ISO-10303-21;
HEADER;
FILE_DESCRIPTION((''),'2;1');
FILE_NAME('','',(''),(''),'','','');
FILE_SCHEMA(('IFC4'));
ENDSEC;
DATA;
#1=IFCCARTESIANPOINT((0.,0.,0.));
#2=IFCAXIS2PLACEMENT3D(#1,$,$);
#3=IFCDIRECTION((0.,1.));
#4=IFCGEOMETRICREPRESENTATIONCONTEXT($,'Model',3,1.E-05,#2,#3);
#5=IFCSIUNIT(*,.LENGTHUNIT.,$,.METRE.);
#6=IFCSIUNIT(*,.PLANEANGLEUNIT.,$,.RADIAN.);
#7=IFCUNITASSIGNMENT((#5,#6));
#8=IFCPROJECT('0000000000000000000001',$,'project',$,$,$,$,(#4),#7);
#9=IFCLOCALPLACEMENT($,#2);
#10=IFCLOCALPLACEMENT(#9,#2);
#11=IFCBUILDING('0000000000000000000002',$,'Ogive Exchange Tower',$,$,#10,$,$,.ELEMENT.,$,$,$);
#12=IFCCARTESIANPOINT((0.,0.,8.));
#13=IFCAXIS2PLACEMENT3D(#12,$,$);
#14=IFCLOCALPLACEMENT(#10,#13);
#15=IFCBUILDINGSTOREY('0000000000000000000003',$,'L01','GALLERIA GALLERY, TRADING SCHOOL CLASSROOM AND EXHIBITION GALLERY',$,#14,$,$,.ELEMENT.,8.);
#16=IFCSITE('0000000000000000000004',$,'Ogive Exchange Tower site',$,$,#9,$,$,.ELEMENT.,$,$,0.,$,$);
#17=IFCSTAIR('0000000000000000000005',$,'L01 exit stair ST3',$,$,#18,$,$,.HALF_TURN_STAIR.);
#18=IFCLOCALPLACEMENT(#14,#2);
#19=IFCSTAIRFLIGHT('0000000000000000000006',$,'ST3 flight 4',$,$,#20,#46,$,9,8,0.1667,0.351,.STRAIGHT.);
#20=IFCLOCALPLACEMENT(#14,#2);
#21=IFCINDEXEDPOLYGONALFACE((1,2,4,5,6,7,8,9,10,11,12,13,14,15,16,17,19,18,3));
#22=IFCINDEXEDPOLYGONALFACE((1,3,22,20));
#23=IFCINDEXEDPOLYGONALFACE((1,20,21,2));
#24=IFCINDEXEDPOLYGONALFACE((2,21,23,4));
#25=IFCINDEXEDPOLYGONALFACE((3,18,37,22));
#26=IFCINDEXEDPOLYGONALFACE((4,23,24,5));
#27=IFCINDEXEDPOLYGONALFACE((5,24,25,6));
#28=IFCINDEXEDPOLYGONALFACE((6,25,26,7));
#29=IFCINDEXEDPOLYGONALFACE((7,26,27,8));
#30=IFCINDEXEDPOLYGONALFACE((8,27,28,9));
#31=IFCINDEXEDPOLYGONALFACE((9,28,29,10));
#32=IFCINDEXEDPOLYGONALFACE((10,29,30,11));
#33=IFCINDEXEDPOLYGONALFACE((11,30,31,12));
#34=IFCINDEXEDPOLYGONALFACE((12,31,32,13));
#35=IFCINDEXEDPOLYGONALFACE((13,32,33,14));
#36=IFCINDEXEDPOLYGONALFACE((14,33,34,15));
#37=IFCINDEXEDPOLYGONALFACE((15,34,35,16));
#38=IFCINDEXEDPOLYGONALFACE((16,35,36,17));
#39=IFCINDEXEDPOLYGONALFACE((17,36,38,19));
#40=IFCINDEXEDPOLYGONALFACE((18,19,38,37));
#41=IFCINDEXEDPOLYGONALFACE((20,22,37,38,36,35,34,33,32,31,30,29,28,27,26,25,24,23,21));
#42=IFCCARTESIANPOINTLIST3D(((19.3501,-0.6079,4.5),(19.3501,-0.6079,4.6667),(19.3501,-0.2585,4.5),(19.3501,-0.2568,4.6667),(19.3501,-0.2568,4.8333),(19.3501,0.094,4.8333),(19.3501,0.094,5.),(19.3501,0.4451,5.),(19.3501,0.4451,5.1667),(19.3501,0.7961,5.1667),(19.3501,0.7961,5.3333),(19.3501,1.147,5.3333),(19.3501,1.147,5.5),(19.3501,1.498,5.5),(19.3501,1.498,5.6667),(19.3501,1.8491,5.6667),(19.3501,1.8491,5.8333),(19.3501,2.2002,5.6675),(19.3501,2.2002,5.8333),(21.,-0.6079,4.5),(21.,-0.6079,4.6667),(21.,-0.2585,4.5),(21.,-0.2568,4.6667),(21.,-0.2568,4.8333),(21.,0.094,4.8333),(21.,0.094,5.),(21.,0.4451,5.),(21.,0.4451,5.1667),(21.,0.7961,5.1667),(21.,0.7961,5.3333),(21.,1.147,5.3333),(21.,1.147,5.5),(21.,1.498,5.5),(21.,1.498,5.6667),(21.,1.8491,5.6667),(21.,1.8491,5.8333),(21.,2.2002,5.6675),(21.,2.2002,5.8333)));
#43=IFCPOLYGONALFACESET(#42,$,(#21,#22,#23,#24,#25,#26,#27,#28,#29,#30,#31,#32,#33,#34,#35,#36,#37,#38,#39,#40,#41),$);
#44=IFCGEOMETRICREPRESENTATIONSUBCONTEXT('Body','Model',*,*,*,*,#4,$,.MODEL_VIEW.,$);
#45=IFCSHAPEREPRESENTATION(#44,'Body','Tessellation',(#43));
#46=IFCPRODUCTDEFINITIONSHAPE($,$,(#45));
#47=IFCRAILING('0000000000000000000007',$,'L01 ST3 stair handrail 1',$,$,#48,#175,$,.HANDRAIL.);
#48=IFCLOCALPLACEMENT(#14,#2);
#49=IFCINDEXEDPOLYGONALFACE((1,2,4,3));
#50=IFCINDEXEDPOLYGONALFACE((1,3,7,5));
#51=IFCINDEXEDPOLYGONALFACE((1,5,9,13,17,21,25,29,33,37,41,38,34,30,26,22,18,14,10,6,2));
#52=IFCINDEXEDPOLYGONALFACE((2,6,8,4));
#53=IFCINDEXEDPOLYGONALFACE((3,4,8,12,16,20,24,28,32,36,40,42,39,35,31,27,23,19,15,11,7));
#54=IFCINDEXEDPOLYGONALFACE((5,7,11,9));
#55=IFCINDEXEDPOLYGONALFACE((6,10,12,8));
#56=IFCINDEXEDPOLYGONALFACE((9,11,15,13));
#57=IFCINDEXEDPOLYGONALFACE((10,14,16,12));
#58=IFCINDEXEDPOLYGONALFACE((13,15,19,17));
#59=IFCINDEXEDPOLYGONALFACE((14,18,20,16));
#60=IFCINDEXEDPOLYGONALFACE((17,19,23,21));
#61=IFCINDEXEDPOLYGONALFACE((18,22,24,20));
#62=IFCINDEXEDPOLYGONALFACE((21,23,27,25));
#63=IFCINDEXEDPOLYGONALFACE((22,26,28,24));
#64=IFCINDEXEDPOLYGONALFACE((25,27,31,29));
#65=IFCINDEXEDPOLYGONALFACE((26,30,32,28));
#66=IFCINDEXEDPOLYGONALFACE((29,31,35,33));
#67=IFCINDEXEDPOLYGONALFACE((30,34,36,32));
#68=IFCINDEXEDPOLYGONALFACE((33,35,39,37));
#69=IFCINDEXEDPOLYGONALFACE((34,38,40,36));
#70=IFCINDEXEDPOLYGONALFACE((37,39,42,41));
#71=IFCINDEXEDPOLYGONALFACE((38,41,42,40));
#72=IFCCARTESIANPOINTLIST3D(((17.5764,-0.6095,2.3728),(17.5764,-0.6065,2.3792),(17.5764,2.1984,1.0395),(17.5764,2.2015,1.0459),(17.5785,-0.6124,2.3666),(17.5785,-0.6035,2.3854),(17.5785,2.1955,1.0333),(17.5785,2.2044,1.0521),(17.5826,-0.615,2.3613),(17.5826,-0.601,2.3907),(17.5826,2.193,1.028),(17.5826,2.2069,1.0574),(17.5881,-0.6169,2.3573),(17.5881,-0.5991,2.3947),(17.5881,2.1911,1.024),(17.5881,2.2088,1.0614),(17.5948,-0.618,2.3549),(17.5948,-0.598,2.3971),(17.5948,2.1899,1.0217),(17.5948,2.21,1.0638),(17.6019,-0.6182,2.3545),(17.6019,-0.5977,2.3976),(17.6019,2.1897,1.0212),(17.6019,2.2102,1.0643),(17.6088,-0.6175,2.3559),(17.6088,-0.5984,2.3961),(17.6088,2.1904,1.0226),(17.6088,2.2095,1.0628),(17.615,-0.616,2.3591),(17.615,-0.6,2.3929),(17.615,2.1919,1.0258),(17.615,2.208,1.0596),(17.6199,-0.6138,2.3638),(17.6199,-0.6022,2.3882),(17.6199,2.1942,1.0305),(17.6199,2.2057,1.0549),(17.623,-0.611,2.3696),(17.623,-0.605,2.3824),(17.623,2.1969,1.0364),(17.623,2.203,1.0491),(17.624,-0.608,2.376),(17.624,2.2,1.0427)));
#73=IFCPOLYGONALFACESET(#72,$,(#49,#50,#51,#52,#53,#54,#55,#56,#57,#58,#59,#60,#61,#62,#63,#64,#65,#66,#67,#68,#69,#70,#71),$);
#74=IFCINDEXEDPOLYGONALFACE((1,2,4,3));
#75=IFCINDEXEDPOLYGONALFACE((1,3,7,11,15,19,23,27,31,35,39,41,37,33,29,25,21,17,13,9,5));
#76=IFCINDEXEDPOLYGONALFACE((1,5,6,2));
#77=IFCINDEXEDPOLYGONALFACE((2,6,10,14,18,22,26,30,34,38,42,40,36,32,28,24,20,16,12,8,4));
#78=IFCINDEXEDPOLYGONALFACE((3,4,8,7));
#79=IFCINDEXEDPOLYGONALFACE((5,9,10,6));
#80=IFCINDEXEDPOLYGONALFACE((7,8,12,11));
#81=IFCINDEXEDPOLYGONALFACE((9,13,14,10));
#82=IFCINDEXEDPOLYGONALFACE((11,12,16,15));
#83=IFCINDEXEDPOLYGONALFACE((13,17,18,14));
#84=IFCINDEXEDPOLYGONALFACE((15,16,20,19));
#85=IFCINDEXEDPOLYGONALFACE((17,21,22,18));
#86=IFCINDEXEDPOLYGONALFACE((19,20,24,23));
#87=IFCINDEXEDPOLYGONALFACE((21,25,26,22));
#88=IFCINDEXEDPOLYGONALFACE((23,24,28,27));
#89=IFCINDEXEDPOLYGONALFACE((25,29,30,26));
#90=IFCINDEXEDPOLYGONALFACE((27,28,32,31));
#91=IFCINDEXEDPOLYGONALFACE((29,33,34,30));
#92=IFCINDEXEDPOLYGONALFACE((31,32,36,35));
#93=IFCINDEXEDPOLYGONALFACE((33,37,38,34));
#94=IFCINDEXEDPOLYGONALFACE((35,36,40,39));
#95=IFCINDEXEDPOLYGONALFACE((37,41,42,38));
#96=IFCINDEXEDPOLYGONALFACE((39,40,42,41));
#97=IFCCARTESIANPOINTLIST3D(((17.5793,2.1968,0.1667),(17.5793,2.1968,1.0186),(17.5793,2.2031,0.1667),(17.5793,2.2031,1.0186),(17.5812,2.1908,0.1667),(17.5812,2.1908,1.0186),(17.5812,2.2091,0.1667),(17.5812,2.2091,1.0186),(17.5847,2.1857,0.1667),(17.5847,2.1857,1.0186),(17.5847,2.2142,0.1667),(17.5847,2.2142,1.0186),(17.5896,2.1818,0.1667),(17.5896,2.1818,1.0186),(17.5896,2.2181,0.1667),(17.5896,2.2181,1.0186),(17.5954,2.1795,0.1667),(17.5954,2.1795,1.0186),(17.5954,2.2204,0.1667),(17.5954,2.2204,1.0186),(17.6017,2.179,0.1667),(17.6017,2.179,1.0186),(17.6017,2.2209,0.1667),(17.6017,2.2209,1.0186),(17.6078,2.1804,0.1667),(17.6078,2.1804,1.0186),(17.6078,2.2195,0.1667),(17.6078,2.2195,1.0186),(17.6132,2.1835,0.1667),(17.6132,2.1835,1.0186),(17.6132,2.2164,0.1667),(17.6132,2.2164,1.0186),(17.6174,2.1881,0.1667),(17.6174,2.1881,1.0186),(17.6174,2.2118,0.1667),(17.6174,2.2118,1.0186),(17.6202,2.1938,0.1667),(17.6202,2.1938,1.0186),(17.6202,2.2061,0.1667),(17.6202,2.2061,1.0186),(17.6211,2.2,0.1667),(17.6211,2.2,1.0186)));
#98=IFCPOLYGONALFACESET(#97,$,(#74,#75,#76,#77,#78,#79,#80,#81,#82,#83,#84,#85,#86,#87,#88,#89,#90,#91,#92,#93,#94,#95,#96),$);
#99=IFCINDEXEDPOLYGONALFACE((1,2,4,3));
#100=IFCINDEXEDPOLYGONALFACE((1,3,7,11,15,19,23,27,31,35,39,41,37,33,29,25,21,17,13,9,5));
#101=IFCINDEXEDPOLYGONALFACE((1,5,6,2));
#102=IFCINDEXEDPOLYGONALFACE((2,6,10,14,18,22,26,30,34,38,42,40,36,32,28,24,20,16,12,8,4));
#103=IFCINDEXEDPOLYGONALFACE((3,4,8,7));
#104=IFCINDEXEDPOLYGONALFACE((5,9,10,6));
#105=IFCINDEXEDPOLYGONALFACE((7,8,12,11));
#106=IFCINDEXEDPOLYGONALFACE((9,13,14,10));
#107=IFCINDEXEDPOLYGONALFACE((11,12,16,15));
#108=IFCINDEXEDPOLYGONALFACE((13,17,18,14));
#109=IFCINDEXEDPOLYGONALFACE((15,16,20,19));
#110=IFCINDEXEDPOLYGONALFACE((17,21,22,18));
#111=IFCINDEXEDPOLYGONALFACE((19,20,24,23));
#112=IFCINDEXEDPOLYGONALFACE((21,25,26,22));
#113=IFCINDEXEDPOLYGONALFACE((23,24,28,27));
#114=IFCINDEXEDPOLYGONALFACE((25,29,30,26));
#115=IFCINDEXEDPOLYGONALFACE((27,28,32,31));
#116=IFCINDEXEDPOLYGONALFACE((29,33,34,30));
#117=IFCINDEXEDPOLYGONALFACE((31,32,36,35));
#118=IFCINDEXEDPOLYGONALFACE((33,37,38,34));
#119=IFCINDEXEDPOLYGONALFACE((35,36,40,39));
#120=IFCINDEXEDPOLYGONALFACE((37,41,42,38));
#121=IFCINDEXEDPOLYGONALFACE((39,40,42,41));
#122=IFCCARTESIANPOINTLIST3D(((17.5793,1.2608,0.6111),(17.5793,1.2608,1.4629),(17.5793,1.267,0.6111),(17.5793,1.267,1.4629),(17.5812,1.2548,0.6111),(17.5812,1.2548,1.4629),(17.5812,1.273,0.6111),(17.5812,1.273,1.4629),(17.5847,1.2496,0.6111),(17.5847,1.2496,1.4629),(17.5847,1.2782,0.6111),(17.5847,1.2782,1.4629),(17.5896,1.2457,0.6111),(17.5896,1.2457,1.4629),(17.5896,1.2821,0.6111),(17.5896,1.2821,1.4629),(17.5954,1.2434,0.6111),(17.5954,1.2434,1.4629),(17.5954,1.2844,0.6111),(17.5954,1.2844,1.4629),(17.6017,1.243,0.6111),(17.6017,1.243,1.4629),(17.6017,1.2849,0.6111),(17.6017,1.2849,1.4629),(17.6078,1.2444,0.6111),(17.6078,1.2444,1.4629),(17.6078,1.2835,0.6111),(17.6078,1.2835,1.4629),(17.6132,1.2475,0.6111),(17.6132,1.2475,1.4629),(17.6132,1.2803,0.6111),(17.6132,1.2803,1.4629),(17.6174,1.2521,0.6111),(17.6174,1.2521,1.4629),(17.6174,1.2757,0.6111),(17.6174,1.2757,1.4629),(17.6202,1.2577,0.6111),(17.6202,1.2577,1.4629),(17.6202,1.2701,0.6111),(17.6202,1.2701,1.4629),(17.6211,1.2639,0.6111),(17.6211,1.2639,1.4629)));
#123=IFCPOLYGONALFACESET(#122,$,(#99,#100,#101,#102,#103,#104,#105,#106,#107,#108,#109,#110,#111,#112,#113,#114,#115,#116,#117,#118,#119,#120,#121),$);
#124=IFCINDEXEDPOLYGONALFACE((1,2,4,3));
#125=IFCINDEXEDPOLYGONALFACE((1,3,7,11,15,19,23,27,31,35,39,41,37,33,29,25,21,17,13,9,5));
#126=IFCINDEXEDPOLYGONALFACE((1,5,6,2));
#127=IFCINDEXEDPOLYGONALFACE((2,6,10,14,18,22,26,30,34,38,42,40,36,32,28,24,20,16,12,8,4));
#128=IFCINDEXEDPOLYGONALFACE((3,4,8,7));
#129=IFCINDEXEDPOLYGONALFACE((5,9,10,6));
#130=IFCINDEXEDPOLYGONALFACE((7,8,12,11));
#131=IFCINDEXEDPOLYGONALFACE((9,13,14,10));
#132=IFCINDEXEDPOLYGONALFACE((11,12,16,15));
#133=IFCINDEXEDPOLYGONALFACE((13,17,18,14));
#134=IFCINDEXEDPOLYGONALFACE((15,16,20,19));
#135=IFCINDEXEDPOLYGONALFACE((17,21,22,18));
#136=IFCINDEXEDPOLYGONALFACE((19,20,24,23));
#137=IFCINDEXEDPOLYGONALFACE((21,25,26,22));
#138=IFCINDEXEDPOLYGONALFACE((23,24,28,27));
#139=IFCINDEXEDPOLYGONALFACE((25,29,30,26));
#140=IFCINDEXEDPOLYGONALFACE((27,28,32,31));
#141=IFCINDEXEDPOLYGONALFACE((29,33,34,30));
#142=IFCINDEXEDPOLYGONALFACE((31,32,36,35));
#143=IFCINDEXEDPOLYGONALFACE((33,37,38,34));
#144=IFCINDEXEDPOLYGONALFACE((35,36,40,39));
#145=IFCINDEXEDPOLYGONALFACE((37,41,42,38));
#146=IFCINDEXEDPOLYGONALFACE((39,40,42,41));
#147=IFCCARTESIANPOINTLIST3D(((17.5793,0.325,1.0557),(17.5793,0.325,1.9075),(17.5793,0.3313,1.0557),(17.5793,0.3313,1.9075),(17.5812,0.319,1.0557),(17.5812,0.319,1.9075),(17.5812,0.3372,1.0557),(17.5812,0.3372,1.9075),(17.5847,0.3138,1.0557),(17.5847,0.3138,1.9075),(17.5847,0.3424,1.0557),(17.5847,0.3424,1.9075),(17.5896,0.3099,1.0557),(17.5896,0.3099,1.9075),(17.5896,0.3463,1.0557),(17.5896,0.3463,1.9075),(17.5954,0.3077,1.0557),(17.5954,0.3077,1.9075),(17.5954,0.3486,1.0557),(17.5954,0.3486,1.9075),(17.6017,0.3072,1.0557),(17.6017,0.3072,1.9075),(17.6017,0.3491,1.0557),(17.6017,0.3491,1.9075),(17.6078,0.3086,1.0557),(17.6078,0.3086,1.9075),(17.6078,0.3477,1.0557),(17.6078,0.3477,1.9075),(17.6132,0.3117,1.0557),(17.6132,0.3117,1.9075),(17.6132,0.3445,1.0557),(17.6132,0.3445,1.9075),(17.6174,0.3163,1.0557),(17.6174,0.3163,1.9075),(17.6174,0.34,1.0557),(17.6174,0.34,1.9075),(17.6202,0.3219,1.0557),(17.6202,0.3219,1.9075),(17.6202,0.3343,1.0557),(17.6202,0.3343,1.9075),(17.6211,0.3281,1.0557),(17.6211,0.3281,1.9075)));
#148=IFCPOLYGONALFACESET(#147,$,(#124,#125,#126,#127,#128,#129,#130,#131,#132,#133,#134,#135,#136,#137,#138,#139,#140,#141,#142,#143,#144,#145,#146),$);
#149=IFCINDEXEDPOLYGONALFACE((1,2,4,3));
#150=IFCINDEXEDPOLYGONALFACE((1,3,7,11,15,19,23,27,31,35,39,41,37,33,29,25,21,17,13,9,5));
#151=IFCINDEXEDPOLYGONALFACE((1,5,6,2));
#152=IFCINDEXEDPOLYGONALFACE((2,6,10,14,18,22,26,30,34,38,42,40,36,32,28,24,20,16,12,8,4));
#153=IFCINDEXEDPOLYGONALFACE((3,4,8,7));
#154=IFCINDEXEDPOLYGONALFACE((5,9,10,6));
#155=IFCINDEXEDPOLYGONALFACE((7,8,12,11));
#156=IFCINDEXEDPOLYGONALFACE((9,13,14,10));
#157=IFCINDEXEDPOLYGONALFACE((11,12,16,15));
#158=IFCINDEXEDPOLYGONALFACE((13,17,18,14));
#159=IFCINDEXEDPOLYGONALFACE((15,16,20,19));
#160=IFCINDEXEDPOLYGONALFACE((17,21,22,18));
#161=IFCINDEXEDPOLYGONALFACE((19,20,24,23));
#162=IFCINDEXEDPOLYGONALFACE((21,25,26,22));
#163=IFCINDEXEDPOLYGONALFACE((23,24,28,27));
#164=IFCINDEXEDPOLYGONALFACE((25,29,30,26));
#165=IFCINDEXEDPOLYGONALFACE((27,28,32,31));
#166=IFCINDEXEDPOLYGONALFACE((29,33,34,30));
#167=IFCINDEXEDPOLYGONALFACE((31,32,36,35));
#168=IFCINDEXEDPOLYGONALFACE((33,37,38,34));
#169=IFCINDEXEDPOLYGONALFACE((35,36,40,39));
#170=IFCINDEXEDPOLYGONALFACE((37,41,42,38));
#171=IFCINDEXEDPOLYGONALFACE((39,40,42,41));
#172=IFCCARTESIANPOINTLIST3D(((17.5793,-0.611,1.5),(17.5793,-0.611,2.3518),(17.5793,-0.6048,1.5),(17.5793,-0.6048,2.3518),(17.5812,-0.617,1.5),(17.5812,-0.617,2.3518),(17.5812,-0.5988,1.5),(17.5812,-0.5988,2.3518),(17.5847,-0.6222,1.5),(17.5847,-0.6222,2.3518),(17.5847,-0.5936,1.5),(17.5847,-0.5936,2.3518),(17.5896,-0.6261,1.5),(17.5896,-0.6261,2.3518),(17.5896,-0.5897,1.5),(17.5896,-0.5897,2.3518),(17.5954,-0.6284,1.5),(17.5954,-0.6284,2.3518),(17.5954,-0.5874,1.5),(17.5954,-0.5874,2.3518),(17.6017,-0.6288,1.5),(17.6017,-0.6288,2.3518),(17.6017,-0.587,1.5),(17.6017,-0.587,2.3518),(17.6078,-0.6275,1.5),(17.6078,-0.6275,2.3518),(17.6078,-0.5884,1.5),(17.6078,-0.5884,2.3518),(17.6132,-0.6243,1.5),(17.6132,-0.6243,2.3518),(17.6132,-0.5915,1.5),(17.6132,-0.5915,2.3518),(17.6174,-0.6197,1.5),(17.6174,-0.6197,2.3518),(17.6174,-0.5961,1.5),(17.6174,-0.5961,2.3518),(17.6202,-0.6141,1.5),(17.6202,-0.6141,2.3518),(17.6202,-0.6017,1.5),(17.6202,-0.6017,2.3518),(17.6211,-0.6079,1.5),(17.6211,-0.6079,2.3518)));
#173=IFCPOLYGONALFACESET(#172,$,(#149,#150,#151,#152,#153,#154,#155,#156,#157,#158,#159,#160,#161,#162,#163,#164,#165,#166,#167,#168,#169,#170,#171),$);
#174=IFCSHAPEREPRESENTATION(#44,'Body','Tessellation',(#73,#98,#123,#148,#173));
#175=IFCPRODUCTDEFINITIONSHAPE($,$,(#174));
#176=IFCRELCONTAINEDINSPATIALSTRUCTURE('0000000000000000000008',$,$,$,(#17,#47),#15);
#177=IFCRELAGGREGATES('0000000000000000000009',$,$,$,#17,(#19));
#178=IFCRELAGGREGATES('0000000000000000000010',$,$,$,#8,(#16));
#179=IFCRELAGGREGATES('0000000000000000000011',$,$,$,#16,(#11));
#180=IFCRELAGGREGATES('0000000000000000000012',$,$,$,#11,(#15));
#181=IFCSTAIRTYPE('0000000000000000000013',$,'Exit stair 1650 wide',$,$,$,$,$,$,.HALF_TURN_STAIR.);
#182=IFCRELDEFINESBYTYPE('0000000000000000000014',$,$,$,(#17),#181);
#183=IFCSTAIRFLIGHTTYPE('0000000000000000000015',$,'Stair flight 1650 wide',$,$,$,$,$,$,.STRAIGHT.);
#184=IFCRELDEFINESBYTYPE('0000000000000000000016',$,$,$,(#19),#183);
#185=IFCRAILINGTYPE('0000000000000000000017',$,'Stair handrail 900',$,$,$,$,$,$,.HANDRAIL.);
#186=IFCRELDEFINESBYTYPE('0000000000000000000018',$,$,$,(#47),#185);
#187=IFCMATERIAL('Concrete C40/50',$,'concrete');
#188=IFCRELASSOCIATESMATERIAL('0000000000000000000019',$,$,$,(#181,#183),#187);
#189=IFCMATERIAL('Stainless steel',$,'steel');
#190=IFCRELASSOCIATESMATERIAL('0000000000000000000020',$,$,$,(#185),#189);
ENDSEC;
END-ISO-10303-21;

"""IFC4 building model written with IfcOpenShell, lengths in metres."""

from ifc_helpers import new_model, si_unit, direction, frame, origin, origin_2d, place, context, subcontext, project, spatial, polyline, circle, outline, extrude, material, type_object, element, aggregate, save


model = new_model("IFC4")

# Units and contexts
model_context = context("Model", 3, precision=1e-05, world=origin(), true_north=direction((0.0, 1.0)))
body_context = subcontext(model_context, "Body", "Model", "MODEL_VIEW")
ifc_project = project(units=[si_unit("LENGTHUNIT", "METRE"), si_unit("PLANEANGLEUNIT", "RADIAN")], contexts=[model_context])

# Site, building, storey
site_placement = place(None, origin())
site = spatial("IfcSite", under=ifc_project, at=site_placement, Name="Ogive Exchange Tower site", CompositionType="ELEMENT", RefElevation=0.0)
building_placement = place(site_placement, origin())
building = spatial("IfcBuilding", under=site, at=building_placement, Name="Ogive Exchange Tower", CompositionType="ELEMENT")
storey_placement = place(building_placement, frame((0.0, 0.0, 8.0)))
storey = spatial("IfcBuildingStorey", under=building, at=storey_placement, Name="L01", Description="GALLERIA GALLERY, TRADING SCHOOL CLASSROOM AND EXHIBITION GALLERY", CompositionType="ELEMENT", Elevation=8.0)

# Stair, stair flight
ifc_material_1 = material(Name="Concrete C40/50", Category="concrete")
stair_type = type_object("IfcStairType", Name="Exit stair 1650 wide", PredefinedType="HALF_TURN_STAIR", material=ifc_material_1)
stair_placement = place(storey_placement, origin())
stair = element("IfcStair", 1, at=stair_placement, inside=storey, type_object=stair_type, Name="L01 exit stair ST3", PredefinedType="HALF_TURN_STAIR")
stair_flight_type = type_object("IfcStairFlightType", Name="Stair flight 1650 wide", PredefinedType="STRAIGHT", material=ifc_material_1)
stair_flight_1_placement = place(storey_placement, frame((20.175, -0.6079, 4.5), z_axis=(0.0, 0.0, 1.0), x_axis=(0.0, 1.0, 0.0)))
stair_flight_1 = element("IfcStairFlight", 2, at=stair_flight_1_placement, type_object=stair_flight_type, Name="ST3 flight 4", NumberOfRisers=9, NumberOfTreads=8, PredefinedType="STRAIGHT", RiserHeight=0.1667, TreadLength=0.351, context=body_context, shape_type="SweptSolid", body=[
    extrude(outline(polyline([(0.0, 0.0), (0.0, 0.1667), (0.3511, 0.1667), (0.3511, 0.3333), (0.7019, 0.3333), (0.7019, 0.5), (1.053, 0.5), (1.053, 0.6667), (1.4041, 0.6667), (1.4041, 0.8333), (1.7549, 0.8333), (1.7549, 1.0), (2.106, 1.0), (2.106, 1.1667), (2.457, 1.1667), (2.457, 1.3333), (2.8081, 1.3333), (2.8081, 1.5), (2.8081, 1.1675), (0.3494, 0.0), (0.0, 0.0)])), frame((0.0, 0.825, 0.0), z_axis=(0.0, -1.0, 0.0), x_axis=(1.0, 0.0, 0.0)), (0.0, 0.0, 1.0), 1.6499),
])
aggregate(stair, [stair_flight_1])

# Railing
ifc_material_2 = material(Name="Stainless steel", Category="steel")
railing_type = type_object("IfcRailingType", Name="Stair handrail 900", PredefinedType="HANDRAIL", material=ifc_material_2)
railing_1_placement = place(storey_placement, frame((17.6001, 2.2, 0.1667)))
element("IfcRailing", 3, at=railing_1_placement, inside=storey, type_object=railing_type, Name="L01 ST3 stair handrail 1", PredefinedType="HANDRAIL", context=body_context, shape_type="SweptSolid", body=[
    extrude(circle(Radius=0.0239, at=origin_2d()), frame((0.0, 0.0, 0.876), z_axis=(0.0, -0.903338, 0.42893), x_axis=(1.0, 0.0, 0.0)), (0.0, 0.0, 1.0), 3.1084),
    extrude(circle(Radius=0.021, at=origin_2d()), origin(), (0.0, 0.0, 1.0), 0.8518),
    extrude(circle(Radius=0.021, at=origin_2d()), frame((0.0, -0.936, 0.4443)), (0.0, 0.0, 1.0), 0.8518),
    extrude(circle(Radius=0.021, at=origin_2d()), frame((0.0, -1.8718, 0.8889)), (0.0, 0.0, 1.0), 0.8518),
    extrude(circle(Radius=0.021, at=origin_2d()), frame((0.0, -2.8079, 1.3333)), (0.0, 0.0, 1.0), 0.8518),
])

save(model, "model.ifc")
